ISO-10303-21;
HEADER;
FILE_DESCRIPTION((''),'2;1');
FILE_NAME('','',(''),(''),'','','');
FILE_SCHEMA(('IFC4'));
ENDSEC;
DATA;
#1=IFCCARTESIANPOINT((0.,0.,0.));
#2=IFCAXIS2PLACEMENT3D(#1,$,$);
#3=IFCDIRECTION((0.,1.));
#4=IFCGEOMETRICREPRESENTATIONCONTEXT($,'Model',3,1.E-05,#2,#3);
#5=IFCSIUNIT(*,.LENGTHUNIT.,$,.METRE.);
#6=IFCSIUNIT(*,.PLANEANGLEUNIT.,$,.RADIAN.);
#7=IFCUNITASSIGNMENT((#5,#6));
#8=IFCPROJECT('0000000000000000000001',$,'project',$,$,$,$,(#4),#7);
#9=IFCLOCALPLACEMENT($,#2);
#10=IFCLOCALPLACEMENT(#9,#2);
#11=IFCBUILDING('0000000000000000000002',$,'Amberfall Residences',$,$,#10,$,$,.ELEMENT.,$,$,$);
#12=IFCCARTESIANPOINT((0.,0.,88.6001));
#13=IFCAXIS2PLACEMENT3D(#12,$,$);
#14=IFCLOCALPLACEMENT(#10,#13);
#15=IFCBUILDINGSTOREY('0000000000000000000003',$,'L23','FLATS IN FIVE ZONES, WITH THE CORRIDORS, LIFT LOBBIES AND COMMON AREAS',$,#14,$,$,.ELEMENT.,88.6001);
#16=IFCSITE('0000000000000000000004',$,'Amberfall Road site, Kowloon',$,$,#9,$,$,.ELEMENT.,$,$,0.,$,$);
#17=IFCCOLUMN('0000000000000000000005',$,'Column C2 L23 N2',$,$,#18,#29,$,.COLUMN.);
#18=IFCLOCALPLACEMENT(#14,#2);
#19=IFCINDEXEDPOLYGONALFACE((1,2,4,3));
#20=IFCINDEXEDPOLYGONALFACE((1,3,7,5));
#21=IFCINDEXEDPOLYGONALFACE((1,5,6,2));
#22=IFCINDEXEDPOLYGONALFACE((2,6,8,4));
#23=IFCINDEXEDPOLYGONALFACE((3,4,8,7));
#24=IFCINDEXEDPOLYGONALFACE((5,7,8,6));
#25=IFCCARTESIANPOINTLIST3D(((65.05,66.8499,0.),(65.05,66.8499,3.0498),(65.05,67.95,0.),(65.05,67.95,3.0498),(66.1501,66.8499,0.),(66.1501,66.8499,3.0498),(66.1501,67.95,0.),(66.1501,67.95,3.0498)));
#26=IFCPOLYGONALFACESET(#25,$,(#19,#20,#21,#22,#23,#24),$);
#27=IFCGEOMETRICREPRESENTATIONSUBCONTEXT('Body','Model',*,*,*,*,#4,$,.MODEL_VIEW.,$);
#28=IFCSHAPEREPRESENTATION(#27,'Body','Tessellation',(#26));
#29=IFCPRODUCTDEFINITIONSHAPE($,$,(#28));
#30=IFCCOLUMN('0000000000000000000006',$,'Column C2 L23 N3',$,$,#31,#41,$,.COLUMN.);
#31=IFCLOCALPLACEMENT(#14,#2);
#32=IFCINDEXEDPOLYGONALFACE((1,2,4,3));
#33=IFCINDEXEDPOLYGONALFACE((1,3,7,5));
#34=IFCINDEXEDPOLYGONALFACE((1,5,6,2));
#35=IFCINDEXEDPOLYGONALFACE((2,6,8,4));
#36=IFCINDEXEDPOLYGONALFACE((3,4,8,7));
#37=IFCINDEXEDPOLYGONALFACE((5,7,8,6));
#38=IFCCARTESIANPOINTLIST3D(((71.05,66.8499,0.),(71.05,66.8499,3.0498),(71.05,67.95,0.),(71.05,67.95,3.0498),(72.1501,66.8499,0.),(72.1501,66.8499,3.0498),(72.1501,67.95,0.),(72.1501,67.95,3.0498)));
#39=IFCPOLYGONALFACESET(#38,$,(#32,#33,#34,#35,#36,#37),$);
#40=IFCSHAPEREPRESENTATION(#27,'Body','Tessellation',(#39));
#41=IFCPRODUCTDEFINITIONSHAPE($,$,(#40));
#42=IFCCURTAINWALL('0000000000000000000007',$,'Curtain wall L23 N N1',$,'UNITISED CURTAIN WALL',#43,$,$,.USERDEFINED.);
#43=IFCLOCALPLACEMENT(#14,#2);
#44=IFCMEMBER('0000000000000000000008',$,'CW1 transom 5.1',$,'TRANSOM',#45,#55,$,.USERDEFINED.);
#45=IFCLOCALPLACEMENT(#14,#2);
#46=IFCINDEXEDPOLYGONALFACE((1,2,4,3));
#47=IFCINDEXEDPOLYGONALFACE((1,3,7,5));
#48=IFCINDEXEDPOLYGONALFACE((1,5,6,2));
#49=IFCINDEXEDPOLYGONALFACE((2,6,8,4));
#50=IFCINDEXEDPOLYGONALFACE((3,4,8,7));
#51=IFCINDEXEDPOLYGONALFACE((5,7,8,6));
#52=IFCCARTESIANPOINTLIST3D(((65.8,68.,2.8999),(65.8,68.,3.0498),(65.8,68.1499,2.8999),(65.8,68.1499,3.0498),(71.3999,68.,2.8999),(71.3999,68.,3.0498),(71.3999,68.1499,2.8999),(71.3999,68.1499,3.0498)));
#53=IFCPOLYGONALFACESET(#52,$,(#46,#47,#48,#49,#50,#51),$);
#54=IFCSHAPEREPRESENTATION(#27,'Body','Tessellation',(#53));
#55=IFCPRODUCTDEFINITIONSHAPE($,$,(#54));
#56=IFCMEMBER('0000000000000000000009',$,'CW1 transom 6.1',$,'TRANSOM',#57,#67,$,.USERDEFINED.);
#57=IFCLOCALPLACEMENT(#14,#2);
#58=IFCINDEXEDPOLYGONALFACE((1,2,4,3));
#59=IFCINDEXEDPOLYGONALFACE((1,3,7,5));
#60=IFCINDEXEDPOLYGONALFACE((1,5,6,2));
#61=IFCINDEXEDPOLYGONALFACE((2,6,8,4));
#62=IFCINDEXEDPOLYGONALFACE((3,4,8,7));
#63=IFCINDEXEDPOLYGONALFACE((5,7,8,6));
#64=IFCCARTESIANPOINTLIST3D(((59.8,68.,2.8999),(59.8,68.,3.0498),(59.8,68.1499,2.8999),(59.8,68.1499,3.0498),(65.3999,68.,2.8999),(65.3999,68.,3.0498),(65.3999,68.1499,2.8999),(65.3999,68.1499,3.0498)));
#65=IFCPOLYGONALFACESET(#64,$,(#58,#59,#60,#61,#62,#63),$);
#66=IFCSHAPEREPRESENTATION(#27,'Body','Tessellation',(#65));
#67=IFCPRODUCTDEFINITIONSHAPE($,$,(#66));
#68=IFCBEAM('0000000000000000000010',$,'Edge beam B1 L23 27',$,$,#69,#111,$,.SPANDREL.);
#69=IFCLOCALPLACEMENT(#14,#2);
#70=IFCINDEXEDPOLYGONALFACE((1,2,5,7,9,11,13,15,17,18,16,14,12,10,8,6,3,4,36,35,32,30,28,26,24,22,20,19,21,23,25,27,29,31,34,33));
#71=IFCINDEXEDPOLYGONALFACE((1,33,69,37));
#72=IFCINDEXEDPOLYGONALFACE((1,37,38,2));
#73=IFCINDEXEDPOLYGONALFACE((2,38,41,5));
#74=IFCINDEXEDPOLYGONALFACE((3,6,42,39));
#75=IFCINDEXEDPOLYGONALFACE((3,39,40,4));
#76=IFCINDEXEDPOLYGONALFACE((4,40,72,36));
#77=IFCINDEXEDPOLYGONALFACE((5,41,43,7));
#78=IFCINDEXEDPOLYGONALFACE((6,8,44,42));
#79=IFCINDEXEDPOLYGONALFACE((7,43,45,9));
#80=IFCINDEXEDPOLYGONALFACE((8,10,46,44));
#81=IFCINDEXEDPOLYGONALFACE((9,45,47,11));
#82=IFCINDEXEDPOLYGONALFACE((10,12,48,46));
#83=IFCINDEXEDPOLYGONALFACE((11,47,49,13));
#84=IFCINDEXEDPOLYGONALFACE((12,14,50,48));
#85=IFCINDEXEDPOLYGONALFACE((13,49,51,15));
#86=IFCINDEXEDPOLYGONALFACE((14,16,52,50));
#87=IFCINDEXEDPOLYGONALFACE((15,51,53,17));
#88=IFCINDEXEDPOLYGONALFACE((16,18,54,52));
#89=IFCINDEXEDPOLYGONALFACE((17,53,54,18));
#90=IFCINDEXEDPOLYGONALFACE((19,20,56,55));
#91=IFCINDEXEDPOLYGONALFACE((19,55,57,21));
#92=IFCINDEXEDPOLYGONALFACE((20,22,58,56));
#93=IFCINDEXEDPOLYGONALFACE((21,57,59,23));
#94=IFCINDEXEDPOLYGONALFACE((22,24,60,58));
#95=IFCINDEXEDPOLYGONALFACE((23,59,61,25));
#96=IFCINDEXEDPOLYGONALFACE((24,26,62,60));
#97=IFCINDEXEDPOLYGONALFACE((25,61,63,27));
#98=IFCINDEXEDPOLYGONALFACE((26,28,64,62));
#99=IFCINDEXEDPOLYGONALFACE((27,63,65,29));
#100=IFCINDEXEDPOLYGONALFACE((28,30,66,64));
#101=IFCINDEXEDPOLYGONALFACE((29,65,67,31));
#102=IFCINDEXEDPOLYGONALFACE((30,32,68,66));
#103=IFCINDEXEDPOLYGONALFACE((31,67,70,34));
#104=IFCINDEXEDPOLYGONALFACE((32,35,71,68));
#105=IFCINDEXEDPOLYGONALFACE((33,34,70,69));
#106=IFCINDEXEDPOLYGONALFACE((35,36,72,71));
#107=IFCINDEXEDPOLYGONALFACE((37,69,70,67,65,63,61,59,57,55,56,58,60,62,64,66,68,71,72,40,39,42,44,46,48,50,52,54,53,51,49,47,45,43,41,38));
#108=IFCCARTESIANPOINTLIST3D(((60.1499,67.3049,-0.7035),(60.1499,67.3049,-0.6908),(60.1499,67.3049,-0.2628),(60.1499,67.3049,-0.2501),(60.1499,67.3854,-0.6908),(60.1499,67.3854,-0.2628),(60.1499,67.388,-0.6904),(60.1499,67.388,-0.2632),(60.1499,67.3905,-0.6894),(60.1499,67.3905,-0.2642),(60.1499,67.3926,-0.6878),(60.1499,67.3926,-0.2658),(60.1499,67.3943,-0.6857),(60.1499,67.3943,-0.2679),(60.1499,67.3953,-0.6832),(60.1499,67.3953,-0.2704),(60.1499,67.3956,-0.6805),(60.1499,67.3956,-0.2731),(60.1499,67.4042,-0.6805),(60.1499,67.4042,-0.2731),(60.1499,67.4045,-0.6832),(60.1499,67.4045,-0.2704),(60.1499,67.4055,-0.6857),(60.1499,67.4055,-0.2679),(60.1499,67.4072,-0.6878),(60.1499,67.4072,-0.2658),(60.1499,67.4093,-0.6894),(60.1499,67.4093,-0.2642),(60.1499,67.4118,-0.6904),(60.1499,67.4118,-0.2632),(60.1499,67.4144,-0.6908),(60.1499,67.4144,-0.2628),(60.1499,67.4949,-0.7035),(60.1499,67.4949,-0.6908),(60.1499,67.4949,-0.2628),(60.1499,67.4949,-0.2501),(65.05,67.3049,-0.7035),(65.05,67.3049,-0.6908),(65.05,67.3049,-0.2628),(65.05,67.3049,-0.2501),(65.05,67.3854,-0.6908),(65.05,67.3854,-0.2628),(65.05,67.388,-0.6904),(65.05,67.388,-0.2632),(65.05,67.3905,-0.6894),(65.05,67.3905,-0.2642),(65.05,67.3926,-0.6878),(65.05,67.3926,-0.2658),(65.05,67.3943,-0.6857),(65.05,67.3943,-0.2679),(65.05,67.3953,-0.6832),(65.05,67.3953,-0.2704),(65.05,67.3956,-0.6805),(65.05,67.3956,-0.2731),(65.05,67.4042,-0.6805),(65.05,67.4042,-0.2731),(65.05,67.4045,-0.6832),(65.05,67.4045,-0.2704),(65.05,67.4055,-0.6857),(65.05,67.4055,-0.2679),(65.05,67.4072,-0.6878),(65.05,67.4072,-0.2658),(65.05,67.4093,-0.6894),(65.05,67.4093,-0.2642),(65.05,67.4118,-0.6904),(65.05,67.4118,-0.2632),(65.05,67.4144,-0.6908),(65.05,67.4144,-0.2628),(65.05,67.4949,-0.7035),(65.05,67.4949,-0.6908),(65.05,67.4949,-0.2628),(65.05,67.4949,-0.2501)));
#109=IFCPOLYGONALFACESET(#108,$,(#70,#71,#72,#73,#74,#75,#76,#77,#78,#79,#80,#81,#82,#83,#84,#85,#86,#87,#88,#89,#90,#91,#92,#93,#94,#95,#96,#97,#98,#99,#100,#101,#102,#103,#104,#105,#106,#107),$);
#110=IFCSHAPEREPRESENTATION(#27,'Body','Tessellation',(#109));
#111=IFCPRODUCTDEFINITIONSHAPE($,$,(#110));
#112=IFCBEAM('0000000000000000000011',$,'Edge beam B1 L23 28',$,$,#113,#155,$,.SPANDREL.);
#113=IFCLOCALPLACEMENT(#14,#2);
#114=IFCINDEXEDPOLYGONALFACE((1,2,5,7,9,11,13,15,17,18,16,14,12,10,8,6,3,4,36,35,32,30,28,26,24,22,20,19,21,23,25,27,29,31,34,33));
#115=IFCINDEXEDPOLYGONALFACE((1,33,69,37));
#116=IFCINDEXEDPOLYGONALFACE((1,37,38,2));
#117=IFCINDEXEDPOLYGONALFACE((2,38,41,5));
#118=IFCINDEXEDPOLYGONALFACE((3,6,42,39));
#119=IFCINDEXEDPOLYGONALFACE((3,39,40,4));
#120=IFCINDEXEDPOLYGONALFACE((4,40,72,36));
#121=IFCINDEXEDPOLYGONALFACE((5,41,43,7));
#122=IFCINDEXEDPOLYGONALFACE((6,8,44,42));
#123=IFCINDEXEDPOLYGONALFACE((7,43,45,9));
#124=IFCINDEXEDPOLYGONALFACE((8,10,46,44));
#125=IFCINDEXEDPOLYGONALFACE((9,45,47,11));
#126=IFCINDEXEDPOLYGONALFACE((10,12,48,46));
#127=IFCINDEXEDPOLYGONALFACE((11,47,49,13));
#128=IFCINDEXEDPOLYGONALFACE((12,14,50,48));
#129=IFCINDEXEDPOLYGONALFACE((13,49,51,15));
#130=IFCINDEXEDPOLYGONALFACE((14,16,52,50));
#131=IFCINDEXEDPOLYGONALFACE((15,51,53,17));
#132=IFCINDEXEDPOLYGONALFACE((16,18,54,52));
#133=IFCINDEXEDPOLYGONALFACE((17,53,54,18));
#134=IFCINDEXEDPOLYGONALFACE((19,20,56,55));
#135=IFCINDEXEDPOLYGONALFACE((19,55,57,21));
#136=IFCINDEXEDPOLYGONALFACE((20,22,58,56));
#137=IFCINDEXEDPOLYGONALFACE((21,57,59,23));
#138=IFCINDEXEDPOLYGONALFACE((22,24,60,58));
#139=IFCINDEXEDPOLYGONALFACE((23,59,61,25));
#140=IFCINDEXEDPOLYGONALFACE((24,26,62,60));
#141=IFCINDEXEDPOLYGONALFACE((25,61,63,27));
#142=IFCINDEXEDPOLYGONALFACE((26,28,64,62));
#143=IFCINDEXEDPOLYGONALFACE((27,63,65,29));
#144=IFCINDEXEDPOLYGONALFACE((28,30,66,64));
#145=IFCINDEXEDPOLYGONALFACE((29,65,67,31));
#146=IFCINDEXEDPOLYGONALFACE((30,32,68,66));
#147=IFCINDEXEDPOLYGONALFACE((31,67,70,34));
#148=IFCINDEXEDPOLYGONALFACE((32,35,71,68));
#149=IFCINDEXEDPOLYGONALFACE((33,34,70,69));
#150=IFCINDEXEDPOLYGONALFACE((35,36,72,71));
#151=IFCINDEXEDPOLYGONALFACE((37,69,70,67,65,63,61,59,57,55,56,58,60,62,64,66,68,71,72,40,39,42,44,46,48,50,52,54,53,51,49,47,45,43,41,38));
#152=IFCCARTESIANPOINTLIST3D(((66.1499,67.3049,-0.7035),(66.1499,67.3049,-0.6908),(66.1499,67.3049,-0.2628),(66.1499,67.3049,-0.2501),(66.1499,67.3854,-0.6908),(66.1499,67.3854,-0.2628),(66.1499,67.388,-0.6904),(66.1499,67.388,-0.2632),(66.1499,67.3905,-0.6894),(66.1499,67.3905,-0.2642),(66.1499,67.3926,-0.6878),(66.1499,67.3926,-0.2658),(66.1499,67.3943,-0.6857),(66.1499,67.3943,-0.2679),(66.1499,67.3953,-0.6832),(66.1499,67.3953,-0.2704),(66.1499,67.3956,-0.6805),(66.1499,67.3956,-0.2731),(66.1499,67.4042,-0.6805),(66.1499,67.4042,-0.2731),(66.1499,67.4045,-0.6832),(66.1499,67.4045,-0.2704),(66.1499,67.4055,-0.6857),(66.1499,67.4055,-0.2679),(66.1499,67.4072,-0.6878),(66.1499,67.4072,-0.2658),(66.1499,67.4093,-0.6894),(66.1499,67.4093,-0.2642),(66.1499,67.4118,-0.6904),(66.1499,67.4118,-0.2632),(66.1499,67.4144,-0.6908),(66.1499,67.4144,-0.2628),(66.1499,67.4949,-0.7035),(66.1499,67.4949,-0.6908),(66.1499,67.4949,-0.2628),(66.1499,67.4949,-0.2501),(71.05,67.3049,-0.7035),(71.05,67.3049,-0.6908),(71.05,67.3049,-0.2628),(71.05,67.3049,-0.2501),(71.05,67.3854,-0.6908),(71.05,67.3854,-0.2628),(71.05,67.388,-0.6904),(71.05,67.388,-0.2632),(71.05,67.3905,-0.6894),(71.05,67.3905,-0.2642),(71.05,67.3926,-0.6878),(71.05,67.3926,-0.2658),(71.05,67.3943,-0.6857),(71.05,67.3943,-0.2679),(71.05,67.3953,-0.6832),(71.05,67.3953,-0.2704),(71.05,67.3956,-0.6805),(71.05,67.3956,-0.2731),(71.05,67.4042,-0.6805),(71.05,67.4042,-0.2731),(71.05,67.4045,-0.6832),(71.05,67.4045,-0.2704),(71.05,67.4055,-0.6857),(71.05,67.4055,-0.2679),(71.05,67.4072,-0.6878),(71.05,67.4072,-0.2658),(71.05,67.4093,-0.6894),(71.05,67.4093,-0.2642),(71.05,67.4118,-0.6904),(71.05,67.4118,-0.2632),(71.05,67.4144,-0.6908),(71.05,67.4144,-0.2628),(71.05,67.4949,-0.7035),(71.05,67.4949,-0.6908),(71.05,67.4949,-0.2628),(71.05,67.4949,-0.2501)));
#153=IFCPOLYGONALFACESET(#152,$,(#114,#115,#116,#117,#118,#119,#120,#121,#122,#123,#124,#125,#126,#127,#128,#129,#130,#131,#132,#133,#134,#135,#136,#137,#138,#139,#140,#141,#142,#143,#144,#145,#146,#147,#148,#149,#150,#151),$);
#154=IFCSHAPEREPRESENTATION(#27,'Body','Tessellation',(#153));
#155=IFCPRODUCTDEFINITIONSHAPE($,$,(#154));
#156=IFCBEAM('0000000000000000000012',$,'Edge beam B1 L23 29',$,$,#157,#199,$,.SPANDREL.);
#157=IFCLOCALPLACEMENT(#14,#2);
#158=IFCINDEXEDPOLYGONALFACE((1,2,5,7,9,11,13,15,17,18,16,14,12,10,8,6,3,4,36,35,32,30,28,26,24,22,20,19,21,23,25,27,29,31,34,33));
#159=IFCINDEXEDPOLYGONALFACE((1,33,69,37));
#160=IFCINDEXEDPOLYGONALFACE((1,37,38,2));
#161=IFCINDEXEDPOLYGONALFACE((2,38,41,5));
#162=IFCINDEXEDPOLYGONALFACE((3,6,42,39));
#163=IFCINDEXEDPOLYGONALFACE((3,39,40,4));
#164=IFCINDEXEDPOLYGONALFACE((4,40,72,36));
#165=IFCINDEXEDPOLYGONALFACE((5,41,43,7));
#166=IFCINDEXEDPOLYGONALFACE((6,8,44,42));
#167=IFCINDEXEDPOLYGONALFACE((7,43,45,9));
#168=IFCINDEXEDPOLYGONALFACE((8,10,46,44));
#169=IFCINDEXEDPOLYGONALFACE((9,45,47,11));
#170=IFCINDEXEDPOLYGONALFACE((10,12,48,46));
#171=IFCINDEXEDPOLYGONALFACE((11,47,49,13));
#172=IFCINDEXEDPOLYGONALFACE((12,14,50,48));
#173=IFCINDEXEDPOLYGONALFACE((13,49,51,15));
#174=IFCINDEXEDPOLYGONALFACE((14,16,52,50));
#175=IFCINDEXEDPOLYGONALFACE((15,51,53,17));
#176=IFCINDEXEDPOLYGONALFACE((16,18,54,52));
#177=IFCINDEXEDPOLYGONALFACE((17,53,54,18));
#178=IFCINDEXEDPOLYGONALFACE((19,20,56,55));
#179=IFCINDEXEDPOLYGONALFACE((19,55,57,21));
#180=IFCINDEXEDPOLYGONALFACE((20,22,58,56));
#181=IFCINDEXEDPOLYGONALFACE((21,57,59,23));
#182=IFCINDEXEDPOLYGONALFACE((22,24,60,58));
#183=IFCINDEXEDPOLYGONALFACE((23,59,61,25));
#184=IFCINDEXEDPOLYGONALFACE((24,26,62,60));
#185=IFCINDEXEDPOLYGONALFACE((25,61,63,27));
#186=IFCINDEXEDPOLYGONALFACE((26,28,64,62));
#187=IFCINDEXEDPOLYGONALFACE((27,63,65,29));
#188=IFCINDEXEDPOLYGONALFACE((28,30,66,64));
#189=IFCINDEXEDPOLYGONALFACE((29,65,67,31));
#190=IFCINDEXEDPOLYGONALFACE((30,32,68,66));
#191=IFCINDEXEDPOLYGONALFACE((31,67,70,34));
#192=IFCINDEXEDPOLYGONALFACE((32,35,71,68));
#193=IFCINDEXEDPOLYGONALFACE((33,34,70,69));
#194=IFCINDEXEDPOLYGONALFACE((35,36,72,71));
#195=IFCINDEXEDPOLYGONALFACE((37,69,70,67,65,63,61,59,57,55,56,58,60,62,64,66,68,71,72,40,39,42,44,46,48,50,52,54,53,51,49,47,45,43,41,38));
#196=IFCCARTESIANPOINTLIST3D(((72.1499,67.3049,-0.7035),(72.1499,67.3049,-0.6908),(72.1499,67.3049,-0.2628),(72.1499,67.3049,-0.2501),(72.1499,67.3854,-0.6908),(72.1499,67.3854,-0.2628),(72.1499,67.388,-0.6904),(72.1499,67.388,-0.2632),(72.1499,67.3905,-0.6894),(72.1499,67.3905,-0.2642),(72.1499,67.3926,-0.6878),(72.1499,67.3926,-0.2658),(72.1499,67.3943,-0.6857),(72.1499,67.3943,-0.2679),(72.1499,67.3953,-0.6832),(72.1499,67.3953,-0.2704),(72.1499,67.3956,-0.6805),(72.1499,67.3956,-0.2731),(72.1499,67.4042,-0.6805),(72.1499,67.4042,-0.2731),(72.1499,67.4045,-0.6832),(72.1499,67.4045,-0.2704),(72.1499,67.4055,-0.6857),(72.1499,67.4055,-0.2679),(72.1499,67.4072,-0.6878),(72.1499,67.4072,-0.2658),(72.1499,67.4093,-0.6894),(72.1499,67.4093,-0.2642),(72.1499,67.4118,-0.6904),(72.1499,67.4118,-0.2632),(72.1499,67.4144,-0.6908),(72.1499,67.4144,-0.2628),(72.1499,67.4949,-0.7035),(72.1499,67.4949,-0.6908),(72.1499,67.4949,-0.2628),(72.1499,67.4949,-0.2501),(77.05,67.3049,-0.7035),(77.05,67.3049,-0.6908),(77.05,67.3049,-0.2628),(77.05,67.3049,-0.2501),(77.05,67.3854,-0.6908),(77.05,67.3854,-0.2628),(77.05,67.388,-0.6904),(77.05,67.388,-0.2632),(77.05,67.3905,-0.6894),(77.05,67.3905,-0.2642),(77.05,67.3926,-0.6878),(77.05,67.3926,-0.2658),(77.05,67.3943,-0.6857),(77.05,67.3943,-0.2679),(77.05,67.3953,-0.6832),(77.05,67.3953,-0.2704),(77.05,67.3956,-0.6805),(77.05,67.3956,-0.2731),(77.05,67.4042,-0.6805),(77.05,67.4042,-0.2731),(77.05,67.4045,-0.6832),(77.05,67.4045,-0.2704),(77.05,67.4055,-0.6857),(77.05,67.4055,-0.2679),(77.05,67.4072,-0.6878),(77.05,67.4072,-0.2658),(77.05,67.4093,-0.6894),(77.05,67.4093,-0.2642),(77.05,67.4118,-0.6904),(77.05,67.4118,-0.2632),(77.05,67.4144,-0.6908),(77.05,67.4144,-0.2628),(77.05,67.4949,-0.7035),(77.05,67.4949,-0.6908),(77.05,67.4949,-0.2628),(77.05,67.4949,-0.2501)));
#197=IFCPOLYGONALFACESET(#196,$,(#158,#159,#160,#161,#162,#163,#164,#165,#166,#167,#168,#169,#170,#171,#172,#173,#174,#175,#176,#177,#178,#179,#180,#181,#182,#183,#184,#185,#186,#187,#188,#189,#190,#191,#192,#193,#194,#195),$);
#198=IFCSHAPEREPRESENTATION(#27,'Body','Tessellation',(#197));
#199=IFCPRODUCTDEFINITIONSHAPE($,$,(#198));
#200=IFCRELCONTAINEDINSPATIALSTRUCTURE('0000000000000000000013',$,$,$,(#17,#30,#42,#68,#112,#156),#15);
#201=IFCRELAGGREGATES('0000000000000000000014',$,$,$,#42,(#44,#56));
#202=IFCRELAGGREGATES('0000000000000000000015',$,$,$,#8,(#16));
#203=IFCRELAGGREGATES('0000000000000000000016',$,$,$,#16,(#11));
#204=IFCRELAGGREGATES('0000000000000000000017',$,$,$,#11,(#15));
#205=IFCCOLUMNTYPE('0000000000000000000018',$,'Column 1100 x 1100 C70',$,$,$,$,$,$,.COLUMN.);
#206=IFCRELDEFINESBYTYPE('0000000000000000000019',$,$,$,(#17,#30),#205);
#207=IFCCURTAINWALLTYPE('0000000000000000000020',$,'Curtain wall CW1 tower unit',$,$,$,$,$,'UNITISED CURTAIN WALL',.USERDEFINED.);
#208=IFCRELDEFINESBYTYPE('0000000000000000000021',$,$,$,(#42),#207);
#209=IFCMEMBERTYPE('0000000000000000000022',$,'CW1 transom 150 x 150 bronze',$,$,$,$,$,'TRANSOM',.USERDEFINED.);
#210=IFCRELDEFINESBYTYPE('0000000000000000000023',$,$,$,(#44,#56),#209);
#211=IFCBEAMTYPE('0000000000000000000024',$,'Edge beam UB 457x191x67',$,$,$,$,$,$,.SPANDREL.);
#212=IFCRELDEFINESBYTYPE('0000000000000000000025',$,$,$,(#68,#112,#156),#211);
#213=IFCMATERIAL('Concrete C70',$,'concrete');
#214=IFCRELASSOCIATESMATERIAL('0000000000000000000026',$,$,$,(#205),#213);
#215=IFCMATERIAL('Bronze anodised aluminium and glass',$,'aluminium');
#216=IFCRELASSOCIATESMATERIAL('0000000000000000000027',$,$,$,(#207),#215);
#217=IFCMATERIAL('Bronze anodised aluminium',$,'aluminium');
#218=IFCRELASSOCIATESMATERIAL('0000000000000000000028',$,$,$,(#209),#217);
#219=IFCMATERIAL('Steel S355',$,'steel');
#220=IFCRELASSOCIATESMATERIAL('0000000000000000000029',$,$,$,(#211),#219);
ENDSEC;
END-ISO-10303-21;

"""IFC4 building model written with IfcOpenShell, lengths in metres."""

from ifc_helpers import new_model, si_unit, direction, frame, origin, origin_2d, place, context, subcontext, project, spatial, rectangle, i_section, extrude, material, material_profile, profile_set, type_object, element, aggregate, save


model = new_model("IFC4")

# Units and contexts
model_context = context("Model", 3, precision=1e-05, world=origin(), true_north=direction((0.0, 1.0)))
body_context = subcontext(model_context, "Body", "Model", "MODEL_VIEW")
ifc_project = project(units=[si_unit("LENGTHUNIT", "METRE"), si_unit("PLANEANGLEUNIT", "RADIAN")], contexts=[model_context])

# Site, building, storey
site_placement = place(None, origin())
site = spatial("IfcSite", under=ifc_project, at=site_placement, Name="Amberfall Road site, Kowloon", CompositionType="ELEMENT", RefElevation=0.0)
building_placement = place(site_placement, origin())
building = spatial("IfcBuilding", under=site, at=building_placement, Name="Amberfall Residences", CompositionType="ELEMENT")
storey_placement = place(building_placement, frame((0.0, 0.0, 88.6001)))
storey = spatial("IfcBuildingStorey", under=building, at=storey_placement, Name="L23", Description="FLATS IN FIVE ZONES, WITH THE CORRIDORS, LIFT LOBBIES AND COMMON AREAS", CompositionType="ELEMENT", Elevation=88.6001)

# Columns
ifc_material_1 = material(Name="Concrete C70", Category="concrete")
ifc_material_profile_1 = material_profile(ifc_material_1, rectangle(XDim=1.1001, YDim=1.1001, at=origin_2d()), Name="Column 1100 x 1100 C70")
ifc_profile_set_1 = profile_set([ifc_material_profile_1], Name="Concrete C70")
column_type = type_object("IfcColumnType", Name="Column 1100 x 1100 C70", PredefinedType="COLUMN", material=ifc_profile_set_1)
for number, where, z_axis, x_axis, name in (
    (1, (65.6001, 67.3999, 0.0), (0.0, 0.0, 1.0), (1.0, 0.0, 0.0), "Column C2 L23 N2"),
    (2, (71.6001, 67.3999, 0.0), (0.0, 0.0, 1.0), (1.0, 0.0, 0.0), "Column C2 L23 N3"),
):
    element("IfcColumn", number, at=place(storey_placement, frame(where, z_axis=z_axis, x_axis=x_axis)), inside=storey, type_object=column_type, Name=name, PredefinedType="COLUMN", context=body_context, shape_type="SweptSolid", body=[
        extrude(rectangle(XDim=1.1001, YDim=1.1001, at=origin_2d()), origin(), (0.0, 0.0, 1.0), 3.0498),
    ])

# Curtain wall, members
ifc_material_2 = material(Name="Bronze anodised aluminium and glass", Category="aluminium")
curtain_wall_type = type_object("IfcCurtainWallType", Name="Curtain wall CW1 tower unit", ElementType="UNITISED CURTAIN WALL", PredefinedType="USERDEFINED", material=ifc_material_2)
curtain_wall_placement = place(storey_placement, origin())
curtain_wall = element("IfcCurtainWall", 3, at=curtain_wall_placement, inside=storey, type_object=curtain_wall_type, Name="Curtain wall L23 N N1", ObjectType="UNITISED CURTAIN WALL", PredefinedType="USERDEFINED")
ifc_material_3 = material(Name="Bronze anodised aluminium", Category="aluminium")
ifc_material_profile_2 = material_profile(ifc_material_3, rectangle(XDim=0.1499, YDim=0.1499, at=origin_2d()), Name="CW1 transom 150 x 150 bronze")
ifc_profile_set_2 = profile_set([ifc_material_profile_2], Name="Bronze anodised aluminium")
member_type_1 = type_object("IfcMemberType", Name="CW1 transom 150 x 150 bronze", ElementType="TRANSOM", PredefinedType="USERDEFINED", material=ifc_profile_set_2)
member_1_placement = place(storey_placement, frame((71.3999, 68.075, 2.9749), z_axis=(-1.0, 0.0, 0.0), x_axis=(0.0, -1.0, 0.0)))
member_1 = element("IfcMember", 4, at=member_1_placement, type_object=member_type_1, Name="CW1 transom 5.1", ObjectType="TRANSOM", PredefinedType="USERDEFINED", context=body_context, shape_type="SweptSolid", body=[
    extrude(rectangle(XDim=0.1499, YDim=0.1499, at=origin_2d()), origin(), (0.0, 0.0, 1.0), 5.5999),
])
member_2_placement = place(storey_placement, frame((65.3999, 68.075, 2.9749), z_axis=(-1.0, 0.0, 0.0), x_axis=(0.0, -1.0, 0.0)))
member_2 = element("IfcMember", 5, at=member_2_placement, type_object=member_type_1, Name="CW1 transom 6.1", ObjectType="TRANSOM", PredefinedType="USERDEFINED", context=body_context, shape_type="SweptSolid", body=[
    extrude(rectangle(XDim=0.1499, YDim=0.1499, at=origin_2d()), origin(), (0.0, 0.0, 1.0), 5.5999),
])

# Beams
ifc_material_4 = material(Name="Steel S355", Category="steel")
ifc_material_profile_3 = material_profile(ifc_material_4, i_section(OverallWidth=0.1899, OverallDepth=0.4534, WebThickness=0.0085, FlangeThickness=0.0127, FilletRadius=0.0103, at=origin_2d()), Name="UB 457x191x67")
ifc_profile_set_3 = profile_set([ifc_material_profile_3], Name="Steel S355")
beam_type_1 = type_object("IfcBeamType", Name="Edge beam UB 457x191x67", PredefinedType="SPANDREL", material=ifc_profile_set_3)
for number, where, z_axis, x_axis, name in (
    (6, (60.1499, 67.3999, -0.4768), (1.0, 0.0, 0.0), (0.0, 1.0, 0.0), "Edge beam B1 L23 27"),
    (7, (66.1499, 67.3999, -0.4768), (1.0, 0.0, 0.0), (0.0, 1.0, 0.0), "Edge beam B1 L23 28"),
    (8, (72.1499, 67.3999, -0.4768), (1.0, 0.0, 0.0), (0.0, 1.0, 0.0), "Edge beam B1 L23 29"),
):
    element("IfcBeam", number, at=place(storey_placement, frame(where, z_axis=z_axis, x_axis=x_axis)), inside=storey, type_object=beam_type_1, Name=name, PredefinedType="SPANDREL", context=body_context, shape_type="SweptSolid", body=[
        extrude(i_section(OverallWidth=0.1899, OverallDepth=0.4534, WebThickness=0.0085, FlangeThickness=0.0127, FilletRadius=0.0103, at=origin_2d()), origin(), (0.0, 0.0, 1.0), 4.9001),
    ])

aggregate(curtain_wall, [member_1, member_2])

save(model, "model.ifc")
